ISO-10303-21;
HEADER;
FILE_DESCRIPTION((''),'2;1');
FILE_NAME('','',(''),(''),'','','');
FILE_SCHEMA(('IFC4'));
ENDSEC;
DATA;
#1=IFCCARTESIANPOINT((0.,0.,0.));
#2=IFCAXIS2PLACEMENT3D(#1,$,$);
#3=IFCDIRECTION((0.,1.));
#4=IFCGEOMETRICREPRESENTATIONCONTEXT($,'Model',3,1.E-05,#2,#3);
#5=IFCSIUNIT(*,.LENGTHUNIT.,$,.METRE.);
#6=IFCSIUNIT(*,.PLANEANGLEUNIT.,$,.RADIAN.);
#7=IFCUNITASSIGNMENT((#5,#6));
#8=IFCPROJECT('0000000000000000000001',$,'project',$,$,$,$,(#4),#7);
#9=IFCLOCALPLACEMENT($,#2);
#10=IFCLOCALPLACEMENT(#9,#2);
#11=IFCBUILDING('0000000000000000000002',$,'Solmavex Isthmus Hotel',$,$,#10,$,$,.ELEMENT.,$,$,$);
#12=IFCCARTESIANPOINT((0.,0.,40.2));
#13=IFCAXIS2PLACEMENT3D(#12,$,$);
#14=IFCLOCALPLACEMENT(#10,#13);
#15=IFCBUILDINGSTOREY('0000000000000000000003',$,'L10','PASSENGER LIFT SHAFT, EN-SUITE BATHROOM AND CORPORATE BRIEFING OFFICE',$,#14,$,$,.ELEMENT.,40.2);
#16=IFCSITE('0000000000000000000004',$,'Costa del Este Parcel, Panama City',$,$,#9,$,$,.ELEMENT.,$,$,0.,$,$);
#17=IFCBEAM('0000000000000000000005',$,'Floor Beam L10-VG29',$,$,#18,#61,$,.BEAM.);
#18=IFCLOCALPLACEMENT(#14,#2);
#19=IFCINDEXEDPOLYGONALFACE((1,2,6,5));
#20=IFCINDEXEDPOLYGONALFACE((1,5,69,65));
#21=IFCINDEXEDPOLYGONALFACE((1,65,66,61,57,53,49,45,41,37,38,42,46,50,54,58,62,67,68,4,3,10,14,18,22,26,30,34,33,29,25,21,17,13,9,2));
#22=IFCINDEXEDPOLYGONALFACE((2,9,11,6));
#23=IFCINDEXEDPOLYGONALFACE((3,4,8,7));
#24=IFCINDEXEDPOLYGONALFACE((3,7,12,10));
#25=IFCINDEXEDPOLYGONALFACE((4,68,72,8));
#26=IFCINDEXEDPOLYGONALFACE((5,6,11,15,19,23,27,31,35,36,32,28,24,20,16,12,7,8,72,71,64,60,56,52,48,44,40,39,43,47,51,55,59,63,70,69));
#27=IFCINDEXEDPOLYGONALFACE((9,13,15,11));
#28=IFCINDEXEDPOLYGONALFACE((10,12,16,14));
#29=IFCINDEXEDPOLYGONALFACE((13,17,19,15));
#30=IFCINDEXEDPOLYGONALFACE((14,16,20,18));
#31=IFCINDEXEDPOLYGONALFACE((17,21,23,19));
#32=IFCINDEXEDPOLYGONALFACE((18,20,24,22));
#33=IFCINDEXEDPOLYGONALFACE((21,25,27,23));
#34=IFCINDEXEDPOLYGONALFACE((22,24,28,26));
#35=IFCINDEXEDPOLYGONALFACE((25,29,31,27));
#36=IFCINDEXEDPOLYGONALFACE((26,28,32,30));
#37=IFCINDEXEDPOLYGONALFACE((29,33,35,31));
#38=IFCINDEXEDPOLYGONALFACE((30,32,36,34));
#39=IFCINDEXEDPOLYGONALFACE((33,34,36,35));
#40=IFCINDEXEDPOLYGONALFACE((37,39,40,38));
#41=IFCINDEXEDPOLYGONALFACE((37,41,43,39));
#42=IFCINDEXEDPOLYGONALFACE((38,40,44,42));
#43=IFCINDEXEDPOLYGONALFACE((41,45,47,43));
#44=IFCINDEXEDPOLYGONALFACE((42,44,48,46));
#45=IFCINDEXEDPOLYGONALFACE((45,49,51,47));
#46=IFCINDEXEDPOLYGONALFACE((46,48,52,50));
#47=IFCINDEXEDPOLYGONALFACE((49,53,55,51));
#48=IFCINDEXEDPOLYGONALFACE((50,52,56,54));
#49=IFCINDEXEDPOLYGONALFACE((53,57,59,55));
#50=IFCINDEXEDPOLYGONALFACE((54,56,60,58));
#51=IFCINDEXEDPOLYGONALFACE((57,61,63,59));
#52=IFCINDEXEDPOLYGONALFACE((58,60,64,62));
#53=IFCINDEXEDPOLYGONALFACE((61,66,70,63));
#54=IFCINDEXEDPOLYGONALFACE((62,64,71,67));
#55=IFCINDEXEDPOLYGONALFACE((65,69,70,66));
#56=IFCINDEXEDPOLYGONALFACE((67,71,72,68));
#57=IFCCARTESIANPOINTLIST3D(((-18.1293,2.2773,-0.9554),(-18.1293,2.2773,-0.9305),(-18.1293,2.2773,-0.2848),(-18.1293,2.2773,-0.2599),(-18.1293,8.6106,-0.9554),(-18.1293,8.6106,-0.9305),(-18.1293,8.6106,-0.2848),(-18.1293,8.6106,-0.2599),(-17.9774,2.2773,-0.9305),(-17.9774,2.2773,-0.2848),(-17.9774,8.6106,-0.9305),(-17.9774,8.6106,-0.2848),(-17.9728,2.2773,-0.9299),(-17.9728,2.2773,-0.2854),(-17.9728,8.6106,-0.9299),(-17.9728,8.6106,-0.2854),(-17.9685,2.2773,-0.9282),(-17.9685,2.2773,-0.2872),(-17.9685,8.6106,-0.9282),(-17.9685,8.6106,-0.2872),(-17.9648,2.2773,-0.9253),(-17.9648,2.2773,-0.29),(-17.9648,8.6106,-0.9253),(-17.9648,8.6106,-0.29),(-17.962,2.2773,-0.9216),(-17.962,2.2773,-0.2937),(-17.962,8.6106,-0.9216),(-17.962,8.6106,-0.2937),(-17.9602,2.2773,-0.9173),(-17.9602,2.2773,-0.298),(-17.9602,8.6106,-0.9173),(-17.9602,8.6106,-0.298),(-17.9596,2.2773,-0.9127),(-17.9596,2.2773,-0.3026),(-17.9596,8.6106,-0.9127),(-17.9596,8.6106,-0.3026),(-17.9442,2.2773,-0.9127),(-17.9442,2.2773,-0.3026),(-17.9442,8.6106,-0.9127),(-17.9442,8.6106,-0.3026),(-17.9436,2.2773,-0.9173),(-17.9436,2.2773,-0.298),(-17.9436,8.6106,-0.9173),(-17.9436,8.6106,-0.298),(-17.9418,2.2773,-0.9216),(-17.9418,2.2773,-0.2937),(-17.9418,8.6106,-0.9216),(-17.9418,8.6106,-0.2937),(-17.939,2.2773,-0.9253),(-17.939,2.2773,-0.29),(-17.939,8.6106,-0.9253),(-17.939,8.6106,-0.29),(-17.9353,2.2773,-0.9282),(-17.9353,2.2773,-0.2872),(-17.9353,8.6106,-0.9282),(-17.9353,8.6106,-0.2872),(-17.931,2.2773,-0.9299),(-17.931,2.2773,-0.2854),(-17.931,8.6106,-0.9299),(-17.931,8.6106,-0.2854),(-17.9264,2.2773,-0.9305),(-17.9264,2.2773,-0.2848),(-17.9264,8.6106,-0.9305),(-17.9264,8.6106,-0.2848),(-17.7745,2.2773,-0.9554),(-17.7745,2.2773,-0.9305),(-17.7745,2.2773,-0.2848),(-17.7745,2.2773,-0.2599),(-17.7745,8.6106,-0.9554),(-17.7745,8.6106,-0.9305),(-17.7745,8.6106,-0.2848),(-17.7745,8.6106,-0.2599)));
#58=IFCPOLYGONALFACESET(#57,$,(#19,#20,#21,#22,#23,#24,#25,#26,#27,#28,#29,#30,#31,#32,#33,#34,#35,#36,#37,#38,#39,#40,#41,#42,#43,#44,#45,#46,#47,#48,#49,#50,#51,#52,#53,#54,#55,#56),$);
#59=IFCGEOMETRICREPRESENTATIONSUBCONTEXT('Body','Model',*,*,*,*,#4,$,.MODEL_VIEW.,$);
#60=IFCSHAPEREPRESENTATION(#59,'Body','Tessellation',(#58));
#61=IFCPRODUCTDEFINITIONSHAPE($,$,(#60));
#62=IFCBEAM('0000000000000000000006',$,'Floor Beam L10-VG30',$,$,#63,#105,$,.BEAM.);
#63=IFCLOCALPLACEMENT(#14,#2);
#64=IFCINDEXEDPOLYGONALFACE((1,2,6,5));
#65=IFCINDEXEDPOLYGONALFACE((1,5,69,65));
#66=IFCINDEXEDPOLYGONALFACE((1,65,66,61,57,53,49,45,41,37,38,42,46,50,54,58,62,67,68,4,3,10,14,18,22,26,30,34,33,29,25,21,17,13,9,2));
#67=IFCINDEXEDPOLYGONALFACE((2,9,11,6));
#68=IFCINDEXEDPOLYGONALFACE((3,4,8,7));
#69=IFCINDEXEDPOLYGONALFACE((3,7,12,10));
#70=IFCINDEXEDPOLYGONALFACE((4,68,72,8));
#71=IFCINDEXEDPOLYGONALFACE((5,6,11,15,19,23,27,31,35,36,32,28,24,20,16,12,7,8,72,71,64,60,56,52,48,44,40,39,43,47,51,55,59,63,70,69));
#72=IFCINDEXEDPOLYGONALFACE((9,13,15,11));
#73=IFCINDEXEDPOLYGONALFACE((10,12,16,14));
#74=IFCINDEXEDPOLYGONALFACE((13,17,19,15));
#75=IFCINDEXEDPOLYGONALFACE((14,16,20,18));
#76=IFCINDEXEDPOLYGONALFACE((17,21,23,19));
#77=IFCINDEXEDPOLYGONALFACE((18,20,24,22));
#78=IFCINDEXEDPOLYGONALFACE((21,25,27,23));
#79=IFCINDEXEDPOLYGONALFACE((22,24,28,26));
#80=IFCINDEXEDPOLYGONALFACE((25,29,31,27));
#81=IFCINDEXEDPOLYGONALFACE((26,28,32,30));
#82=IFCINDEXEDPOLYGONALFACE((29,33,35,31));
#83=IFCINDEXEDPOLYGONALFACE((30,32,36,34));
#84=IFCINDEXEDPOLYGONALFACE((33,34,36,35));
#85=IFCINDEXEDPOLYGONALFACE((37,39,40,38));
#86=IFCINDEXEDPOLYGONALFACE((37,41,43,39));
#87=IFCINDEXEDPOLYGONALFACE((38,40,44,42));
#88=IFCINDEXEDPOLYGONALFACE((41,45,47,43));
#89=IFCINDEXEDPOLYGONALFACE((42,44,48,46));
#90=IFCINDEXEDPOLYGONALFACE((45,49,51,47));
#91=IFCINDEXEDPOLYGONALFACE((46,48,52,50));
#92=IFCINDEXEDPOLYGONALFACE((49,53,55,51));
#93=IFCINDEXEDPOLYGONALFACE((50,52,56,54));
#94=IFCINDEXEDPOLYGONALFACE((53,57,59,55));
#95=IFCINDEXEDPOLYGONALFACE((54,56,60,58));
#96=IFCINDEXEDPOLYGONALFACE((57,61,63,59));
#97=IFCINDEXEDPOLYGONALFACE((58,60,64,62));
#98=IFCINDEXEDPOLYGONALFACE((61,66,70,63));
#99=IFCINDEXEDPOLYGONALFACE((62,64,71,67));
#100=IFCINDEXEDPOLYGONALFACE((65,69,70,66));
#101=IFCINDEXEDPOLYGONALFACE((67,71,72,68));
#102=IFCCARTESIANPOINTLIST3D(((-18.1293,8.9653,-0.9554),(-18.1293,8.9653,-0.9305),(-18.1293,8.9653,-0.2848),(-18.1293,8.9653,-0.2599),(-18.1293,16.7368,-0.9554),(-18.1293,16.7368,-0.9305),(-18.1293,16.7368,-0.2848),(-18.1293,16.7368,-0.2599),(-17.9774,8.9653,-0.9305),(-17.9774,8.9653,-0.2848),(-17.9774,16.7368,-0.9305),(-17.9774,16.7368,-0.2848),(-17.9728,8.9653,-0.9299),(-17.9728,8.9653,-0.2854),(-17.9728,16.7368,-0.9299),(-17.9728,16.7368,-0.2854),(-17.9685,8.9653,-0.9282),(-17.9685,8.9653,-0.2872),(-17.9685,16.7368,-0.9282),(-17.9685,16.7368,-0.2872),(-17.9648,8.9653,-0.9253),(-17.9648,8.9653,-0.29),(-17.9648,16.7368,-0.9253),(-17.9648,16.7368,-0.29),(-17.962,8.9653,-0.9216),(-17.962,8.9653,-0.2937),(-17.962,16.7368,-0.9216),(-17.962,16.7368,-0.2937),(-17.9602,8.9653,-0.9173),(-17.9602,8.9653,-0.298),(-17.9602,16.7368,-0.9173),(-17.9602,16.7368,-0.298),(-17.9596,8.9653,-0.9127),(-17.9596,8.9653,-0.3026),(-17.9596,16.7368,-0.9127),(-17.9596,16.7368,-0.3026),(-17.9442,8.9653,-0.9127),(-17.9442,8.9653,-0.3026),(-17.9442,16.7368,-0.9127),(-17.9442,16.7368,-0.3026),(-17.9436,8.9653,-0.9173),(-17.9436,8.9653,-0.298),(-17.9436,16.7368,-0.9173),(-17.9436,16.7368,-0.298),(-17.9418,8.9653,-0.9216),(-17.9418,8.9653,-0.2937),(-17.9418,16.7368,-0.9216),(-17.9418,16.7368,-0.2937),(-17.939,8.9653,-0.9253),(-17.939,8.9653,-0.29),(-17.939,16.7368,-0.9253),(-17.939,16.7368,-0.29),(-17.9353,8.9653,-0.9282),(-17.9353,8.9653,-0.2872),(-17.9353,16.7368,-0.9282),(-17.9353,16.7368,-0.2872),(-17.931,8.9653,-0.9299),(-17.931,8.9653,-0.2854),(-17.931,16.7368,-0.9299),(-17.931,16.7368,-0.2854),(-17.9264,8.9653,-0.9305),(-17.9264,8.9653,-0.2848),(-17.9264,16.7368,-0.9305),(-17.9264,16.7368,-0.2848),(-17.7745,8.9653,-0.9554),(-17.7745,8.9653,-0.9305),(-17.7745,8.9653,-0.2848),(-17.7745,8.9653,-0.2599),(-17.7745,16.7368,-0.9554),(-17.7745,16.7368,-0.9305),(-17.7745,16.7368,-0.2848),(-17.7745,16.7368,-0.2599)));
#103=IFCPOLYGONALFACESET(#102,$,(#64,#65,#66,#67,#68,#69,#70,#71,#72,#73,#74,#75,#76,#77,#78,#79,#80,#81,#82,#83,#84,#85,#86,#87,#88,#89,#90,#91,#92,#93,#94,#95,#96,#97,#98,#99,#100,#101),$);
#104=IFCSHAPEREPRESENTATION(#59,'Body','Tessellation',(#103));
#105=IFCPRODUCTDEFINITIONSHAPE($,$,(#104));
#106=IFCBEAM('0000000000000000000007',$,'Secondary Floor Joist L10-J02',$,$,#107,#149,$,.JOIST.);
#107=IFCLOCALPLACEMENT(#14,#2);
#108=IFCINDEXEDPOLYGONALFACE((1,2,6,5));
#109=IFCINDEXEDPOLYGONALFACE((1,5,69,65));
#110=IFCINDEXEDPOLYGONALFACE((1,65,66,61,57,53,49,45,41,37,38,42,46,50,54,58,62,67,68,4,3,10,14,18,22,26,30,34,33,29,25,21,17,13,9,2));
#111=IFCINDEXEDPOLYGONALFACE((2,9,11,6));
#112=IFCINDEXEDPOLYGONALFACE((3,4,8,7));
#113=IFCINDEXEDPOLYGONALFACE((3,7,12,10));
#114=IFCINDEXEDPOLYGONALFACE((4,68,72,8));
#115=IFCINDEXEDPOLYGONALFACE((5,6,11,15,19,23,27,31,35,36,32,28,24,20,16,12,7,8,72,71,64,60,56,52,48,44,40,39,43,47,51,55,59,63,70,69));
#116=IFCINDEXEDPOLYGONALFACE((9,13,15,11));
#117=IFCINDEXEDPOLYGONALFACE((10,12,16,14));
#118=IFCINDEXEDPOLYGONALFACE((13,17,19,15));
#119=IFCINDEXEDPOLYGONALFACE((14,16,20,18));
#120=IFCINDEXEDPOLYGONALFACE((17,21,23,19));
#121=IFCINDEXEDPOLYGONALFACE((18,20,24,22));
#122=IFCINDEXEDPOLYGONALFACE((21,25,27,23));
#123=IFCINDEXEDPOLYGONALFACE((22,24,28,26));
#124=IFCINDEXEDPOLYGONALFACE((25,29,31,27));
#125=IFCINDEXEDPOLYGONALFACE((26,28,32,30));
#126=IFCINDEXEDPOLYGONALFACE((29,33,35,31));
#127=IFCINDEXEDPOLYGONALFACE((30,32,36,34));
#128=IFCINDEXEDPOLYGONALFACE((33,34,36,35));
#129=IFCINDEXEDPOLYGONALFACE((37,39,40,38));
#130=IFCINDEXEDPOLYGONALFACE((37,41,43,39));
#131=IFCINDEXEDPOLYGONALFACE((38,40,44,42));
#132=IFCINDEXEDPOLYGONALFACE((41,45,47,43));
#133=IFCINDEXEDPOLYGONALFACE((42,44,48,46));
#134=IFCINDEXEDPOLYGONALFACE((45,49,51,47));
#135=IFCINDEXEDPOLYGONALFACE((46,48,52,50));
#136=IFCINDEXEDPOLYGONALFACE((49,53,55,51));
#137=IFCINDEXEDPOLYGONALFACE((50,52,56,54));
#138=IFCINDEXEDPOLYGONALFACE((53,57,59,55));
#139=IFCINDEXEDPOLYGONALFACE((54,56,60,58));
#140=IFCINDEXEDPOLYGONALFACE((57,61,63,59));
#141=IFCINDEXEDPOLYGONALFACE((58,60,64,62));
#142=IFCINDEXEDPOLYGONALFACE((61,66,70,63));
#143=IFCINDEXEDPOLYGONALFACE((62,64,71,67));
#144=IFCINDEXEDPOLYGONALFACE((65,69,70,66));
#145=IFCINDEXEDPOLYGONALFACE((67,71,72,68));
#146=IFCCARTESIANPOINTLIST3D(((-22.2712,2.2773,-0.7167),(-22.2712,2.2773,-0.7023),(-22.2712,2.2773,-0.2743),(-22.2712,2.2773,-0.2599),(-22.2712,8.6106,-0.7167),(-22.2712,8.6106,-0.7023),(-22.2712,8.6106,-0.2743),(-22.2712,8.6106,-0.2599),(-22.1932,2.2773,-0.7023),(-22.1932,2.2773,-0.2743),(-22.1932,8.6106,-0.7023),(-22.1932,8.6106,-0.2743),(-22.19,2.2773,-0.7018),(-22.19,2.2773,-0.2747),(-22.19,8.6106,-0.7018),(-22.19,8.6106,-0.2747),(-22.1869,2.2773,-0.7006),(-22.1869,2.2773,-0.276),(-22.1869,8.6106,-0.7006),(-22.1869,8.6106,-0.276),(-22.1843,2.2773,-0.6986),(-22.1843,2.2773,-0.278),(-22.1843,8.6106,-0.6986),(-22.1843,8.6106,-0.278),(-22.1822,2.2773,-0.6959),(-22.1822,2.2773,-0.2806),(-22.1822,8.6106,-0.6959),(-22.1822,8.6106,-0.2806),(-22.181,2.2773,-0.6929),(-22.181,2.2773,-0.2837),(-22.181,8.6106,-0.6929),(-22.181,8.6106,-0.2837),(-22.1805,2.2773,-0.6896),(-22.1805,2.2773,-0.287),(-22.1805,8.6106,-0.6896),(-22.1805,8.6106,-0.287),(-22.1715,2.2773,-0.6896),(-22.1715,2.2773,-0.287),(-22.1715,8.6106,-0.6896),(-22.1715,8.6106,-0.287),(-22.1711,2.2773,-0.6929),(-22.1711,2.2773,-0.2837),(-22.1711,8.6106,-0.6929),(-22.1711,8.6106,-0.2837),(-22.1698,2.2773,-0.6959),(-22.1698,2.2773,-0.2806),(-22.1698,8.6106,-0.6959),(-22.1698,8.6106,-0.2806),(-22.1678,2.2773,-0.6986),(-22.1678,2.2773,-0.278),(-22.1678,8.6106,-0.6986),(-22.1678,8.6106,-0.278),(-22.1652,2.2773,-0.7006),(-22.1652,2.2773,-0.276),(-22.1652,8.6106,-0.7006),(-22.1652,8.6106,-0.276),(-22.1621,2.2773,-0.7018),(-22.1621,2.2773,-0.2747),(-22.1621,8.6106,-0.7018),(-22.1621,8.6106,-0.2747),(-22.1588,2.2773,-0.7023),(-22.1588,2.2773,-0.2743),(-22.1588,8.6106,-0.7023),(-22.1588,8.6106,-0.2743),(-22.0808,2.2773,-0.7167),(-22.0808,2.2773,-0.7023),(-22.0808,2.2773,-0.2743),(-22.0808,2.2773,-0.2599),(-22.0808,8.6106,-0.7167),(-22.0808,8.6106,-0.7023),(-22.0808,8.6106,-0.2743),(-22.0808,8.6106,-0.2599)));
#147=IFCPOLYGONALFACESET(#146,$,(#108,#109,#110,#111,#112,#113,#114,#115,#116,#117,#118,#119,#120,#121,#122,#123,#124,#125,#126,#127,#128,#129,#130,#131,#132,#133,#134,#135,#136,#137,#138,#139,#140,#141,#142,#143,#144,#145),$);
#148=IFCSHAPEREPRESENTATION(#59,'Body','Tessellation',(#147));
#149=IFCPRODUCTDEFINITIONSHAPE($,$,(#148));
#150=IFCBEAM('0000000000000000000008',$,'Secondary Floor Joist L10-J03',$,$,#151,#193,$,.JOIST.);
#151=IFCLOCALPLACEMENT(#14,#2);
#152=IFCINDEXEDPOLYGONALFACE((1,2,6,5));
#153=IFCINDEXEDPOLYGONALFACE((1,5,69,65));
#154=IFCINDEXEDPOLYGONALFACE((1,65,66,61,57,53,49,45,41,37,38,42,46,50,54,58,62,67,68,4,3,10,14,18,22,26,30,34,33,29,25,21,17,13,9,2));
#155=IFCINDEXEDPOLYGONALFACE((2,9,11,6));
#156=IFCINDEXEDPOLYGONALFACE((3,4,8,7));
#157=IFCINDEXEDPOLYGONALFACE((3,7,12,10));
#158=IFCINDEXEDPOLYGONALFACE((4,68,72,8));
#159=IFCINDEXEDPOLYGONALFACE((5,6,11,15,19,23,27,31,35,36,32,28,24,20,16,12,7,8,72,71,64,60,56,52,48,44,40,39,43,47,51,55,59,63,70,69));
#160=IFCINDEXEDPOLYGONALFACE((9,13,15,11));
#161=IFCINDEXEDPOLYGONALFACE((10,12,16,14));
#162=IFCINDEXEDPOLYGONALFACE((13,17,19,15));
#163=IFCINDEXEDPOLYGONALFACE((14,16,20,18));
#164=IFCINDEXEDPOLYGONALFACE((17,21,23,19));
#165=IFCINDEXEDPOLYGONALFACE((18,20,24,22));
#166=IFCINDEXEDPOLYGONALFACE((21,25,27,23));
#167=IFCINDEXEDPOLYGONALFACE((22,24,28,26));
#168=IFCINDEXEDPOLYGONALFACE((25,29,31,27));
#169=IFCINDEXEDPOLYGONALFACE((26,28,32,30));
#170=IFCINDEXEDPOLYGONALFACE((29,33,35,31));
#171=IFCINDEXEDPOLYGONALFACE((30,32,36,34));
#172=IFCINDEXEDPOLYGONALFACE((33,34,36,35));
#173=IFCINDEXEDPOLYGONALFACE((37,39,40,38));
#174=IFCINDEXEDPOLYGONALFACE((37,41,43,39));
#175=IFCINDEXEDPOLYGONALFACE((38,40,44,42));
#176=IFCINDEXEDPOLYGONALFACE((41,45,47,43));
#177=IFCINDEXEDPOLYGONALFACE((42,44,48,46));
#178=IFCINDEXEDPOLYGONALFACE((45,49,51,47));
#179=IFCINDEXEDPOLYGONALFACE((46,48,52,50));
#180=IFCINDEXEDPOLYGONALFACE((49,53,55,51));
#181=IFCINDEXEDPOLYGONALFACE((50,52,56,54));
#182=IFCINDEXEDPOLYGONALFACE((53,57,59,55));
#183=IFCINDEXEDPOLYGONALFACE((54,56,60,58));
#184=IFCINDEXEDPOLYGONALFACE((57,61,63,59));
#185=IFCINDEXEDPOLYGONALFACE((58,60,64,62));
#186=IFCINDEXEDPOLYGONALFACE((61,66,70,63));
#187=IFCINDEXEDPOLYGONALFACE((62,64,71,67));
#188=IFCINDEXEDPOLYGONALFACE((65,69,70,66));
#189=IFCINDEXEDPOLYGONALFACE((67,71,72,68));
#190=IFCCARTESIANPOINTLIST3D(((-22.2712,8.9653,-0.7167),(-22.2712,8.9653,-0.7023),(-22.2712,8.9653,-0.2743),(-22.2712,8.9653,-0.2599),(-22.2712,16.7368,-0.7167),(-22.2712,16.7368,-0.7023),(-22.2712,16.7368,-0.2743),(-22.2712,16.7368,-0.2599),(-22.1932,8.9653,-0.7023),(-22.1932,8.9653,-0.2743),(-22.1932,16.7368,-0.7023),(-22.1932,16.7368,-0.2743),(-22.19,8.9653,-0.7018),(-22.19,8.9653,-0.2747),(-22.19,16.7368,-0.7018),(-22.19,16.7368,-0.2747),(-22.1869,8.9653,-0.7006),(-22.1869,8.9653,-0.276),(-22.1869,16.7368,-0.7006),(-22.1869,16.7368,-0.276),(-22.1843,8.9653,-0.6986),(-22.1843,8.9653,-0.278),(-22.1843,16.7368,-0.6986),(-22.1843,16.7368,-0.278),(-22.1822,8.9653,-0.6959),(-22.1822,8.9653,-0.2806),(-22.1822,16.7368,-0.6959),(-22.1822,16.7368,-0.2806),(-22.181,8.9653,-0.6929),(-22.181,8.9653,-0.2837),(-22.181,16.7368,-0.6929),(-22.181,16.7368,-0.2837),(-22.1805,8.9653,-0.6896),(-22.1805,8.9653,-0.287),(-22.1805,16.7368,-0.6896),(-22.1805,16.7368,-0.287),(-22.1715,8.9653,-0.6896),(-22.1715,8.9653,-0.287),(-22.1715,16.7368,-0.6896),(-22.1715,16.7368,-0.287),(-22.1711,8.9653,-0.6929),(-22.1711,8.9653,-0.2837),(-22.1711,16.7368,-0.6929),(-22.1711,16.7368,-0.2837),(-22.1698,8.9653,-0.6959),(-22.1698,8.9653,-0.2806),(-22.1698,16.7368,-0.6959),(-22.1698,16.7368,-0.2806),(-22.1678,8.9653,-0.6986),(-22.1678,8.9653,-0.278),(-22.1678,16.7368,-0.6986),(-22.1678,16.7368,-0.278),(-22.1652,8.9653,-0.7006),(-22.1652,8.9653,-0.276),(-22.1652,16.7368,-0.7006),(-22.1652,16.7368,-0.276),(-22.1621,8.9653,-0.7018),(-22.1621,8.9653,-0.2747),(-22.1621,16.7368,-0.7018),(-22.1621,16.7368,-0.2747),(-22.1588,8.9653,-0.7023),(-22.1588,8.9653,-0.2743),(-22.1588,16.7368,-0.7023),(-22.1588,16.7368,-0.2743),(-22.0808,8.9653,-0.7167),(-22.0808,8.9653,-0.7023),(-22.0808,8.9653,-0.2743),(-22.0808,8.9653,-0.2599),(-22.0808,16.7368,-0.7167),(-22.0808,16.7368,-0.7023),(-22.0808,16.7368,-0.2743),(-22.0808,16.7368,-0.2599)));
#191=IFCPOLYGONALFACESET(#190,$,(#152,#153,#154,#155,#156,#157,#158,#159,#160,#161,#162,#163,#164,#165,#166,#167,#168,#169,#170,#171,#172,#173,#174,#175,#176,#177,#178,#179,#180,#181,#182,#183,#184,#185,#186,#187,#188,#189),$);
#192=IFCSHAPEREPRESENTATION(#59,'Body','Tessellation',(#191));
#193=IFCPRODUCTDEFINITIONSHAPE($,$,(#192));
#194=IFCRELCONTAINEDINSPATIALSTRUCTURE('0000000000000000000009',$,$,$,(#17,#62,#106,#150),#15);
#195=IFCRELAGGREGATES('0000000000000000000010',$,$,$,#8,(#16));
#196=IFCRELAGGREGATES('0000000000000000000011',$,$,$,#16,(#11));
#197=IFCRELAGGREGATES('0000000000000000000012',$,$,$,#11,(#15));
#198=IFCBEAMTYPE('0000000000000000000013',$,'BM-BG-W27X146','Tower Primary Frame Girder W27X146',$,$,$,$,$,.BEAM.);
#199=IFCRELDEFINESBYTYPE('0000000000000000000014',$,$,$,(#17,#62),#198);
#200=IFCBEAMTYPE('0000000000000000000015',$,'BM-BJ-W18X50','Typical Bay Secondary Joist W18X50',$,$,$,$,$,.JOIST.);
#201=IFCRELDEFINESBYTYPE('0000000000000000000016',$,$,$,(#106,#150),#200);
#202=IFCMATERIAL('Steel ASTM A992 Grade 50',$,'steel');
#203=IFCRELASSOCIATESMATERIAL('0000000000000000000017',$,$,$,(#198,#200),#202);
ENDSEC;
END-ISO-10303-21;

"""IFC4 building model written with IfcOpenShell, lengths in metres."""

from ifc_helpers import new_model, si_unit, direction, frame, origin, origin_2d, place, context, subcontext, project, spatial, i_section, extrude, material, material_profile, profile_set, type_object, element, save


model = new_model("IFC4")

# Units and contexts
model_context = context("Model", 3, precision=1e-05, world=origin(), true_north=direction((0.0, 1.0)))
body_context = subcontext(model_context, "Body", "Model", "MODEL_VIEW")
ifc_project = project(units=[si_unit("LENGTHUNIT", "METRE"), si_unit("PLANEANGLEUNIT", "RADIAN")], contexts=[model_context])

# Site, building, storey
site_placement = place(None, origin())
site = spatial("IfcSite", under=ifc_project, at=site_placement, Name="Costa del Este Parcel, Panama City", CompositionType="ELEMENT", RefElevation=0.0)
building_placement = place(site_placement, origin())
building = spatial("IfcBuilding", under=site, at=building_placement, Name="Solmavex Isthmus Hotel", CompositionType="ELEMENT")
storey_placement = place(building_placement, frame((0.0, 0.0, 40.2)))
storey = spatial("IfcBuildingStorey", under=building, at=storey_placement, Name="L10", Description="PASSENGER LIFT SHAFT, EN-SUITE BATHROOM AND CORPORATE BRIEFING OFFICE", CompositionType="ELEMENT", Elevation=40.2)

# Beams
ifc_material_1 = material(Name="Steel ASTM A992 Grade 50", Category="steel")
ifc_material_profile_1 = material_profile(ifc_material_1, i_section(OverallWidth=0.3547, OverallDepth=0.6956, WebThickness=0.0154, FlangeThickness=0.0249, FilletRadius=0.0178, at=origin_2d()), Name="W27X146")
ifc_profile_set_1 = profile_set([ifc_material_profile_1], Name="Steel ASTM A992 Grade 50")
beam_type_1 = type_object("IfcBeamType", Name="BM-BG-W27X146", Description="Tower Primary Frame Girder W27X146", PredefinedType="BEAM", material=ifc_profile_set_1)
beam_1_placement = place(storey_placement, frame((-17.9519, 2.2773, -0.6077), z_axis=(0.0, 1.0, 0.0), x_axis=(-1.0, 0.0, 0.0)))
element("IfcBeam", 1, at=beam_1_placement, inside=storey, type_object=beam_type_1, Name="Floor Beam L10-VG29", PredefinedType="BEAM", context=body_context, shape_type="SweptSolid", body=[
    extrude(i_section(OverallWidth=0.3547, OverallDepth=0.6956, WebThickness=0.0154, FlangeThickness=0.0249, FilletRadius=0.0178, at=origin_2d()), origin(), (0.0, 0.0, 1.0), 6.3333),
])
beam_2_placement = place(storey_placement, frame((-17.9519, 8.9653, -0.6077), z_axis=(0.0, 1.0, 0.0), x_axis=(-1.0, 0.0, 0.0)))
element("IfcBeam", 2, at=beam_2_placement, inside=storey, type_object=beam_type_1, Name="Floor Beam L10-VG30", PredefinedType="BEAM", context=body_context, shape_type="SweptSolid", body=[
    extrude(i_section(OverallWidth=0.3547, OverallDepth=0.6956, WebThickness=0.0154, FlangeThickness=0.0249, FilletRadius=0.0178, at=origin_2d()), origin(), (0.0, 0.0, 1.0), 7.7715),
])
ifc_material_profile_2 = material_profile(ifc_material_1, i_section(OverallWidth=0.1904, OverallDepth=0.4568, WebThickness=0.009, FlangeThickness=0.0144, FilletRadius=0.0127, at=origin_2d()), Name="W18X50")
ifc_profile_set_2 = profile_set([ifc_material_profile_2], Name="Steel ASTM A992 Grade 50")
beam_type_2 = type_object("IfcBeamType", Name="BM-BJ-W18X50", Description="Typical Bay Secondary Joist W18X50", PredefinedType="JOIST", material=ifc_profile_set_2)
beam_3_placement = place(storey_placement, frame((-22.176, 2.2773, -0.4883), z_axis=(0.0, 1.0, 0.0), x_axis=(-1.0, 0.0, 0.0)))
element("IfcBeam", 3, at=beam_3_placement, inside=storey, type_object=beam_type_2, Name="Secondary Floor Joist L10-J02", PredefinedType="JOIST", context=body_context, shape_type="SweptSolid", body=[
    extrude(i_section(OverallWidth=0.1904, OverallDepth=0.4568, WebThickness=0.009, FlangeThickness=0.0144, FilletRadius=0.0127, at=origin_2d()), origin(), (0.0, 0.0, 1.0), 6.3333),
])
beam_4_placement = place(storey_placement, frame((-22.176, 8.9653, -0.4883), z_axis=(0.0, 1.0, 0.0), x_axis=(-1.0, 0.0, 0.0)))
element("IfcBeam", 4, at=beam_4_placement, inside=storey, type_object=beam_type_2, Name="Secondary Floor Joist L10-J03", PredefinedType="JOIST", context=body_context, shape_type="SweptSolid", body=[
    extrude(i_section(OverallWidth=0.1904, OverallDepth=0.4568, WebThickness=0.009, FlangeThickness=0.0144, FilletRadius=0.0127, at=origin_2d()), origin(), (0.0, 0.0, 1.0), 7.7715),
])

save(model, "model.ifc")
